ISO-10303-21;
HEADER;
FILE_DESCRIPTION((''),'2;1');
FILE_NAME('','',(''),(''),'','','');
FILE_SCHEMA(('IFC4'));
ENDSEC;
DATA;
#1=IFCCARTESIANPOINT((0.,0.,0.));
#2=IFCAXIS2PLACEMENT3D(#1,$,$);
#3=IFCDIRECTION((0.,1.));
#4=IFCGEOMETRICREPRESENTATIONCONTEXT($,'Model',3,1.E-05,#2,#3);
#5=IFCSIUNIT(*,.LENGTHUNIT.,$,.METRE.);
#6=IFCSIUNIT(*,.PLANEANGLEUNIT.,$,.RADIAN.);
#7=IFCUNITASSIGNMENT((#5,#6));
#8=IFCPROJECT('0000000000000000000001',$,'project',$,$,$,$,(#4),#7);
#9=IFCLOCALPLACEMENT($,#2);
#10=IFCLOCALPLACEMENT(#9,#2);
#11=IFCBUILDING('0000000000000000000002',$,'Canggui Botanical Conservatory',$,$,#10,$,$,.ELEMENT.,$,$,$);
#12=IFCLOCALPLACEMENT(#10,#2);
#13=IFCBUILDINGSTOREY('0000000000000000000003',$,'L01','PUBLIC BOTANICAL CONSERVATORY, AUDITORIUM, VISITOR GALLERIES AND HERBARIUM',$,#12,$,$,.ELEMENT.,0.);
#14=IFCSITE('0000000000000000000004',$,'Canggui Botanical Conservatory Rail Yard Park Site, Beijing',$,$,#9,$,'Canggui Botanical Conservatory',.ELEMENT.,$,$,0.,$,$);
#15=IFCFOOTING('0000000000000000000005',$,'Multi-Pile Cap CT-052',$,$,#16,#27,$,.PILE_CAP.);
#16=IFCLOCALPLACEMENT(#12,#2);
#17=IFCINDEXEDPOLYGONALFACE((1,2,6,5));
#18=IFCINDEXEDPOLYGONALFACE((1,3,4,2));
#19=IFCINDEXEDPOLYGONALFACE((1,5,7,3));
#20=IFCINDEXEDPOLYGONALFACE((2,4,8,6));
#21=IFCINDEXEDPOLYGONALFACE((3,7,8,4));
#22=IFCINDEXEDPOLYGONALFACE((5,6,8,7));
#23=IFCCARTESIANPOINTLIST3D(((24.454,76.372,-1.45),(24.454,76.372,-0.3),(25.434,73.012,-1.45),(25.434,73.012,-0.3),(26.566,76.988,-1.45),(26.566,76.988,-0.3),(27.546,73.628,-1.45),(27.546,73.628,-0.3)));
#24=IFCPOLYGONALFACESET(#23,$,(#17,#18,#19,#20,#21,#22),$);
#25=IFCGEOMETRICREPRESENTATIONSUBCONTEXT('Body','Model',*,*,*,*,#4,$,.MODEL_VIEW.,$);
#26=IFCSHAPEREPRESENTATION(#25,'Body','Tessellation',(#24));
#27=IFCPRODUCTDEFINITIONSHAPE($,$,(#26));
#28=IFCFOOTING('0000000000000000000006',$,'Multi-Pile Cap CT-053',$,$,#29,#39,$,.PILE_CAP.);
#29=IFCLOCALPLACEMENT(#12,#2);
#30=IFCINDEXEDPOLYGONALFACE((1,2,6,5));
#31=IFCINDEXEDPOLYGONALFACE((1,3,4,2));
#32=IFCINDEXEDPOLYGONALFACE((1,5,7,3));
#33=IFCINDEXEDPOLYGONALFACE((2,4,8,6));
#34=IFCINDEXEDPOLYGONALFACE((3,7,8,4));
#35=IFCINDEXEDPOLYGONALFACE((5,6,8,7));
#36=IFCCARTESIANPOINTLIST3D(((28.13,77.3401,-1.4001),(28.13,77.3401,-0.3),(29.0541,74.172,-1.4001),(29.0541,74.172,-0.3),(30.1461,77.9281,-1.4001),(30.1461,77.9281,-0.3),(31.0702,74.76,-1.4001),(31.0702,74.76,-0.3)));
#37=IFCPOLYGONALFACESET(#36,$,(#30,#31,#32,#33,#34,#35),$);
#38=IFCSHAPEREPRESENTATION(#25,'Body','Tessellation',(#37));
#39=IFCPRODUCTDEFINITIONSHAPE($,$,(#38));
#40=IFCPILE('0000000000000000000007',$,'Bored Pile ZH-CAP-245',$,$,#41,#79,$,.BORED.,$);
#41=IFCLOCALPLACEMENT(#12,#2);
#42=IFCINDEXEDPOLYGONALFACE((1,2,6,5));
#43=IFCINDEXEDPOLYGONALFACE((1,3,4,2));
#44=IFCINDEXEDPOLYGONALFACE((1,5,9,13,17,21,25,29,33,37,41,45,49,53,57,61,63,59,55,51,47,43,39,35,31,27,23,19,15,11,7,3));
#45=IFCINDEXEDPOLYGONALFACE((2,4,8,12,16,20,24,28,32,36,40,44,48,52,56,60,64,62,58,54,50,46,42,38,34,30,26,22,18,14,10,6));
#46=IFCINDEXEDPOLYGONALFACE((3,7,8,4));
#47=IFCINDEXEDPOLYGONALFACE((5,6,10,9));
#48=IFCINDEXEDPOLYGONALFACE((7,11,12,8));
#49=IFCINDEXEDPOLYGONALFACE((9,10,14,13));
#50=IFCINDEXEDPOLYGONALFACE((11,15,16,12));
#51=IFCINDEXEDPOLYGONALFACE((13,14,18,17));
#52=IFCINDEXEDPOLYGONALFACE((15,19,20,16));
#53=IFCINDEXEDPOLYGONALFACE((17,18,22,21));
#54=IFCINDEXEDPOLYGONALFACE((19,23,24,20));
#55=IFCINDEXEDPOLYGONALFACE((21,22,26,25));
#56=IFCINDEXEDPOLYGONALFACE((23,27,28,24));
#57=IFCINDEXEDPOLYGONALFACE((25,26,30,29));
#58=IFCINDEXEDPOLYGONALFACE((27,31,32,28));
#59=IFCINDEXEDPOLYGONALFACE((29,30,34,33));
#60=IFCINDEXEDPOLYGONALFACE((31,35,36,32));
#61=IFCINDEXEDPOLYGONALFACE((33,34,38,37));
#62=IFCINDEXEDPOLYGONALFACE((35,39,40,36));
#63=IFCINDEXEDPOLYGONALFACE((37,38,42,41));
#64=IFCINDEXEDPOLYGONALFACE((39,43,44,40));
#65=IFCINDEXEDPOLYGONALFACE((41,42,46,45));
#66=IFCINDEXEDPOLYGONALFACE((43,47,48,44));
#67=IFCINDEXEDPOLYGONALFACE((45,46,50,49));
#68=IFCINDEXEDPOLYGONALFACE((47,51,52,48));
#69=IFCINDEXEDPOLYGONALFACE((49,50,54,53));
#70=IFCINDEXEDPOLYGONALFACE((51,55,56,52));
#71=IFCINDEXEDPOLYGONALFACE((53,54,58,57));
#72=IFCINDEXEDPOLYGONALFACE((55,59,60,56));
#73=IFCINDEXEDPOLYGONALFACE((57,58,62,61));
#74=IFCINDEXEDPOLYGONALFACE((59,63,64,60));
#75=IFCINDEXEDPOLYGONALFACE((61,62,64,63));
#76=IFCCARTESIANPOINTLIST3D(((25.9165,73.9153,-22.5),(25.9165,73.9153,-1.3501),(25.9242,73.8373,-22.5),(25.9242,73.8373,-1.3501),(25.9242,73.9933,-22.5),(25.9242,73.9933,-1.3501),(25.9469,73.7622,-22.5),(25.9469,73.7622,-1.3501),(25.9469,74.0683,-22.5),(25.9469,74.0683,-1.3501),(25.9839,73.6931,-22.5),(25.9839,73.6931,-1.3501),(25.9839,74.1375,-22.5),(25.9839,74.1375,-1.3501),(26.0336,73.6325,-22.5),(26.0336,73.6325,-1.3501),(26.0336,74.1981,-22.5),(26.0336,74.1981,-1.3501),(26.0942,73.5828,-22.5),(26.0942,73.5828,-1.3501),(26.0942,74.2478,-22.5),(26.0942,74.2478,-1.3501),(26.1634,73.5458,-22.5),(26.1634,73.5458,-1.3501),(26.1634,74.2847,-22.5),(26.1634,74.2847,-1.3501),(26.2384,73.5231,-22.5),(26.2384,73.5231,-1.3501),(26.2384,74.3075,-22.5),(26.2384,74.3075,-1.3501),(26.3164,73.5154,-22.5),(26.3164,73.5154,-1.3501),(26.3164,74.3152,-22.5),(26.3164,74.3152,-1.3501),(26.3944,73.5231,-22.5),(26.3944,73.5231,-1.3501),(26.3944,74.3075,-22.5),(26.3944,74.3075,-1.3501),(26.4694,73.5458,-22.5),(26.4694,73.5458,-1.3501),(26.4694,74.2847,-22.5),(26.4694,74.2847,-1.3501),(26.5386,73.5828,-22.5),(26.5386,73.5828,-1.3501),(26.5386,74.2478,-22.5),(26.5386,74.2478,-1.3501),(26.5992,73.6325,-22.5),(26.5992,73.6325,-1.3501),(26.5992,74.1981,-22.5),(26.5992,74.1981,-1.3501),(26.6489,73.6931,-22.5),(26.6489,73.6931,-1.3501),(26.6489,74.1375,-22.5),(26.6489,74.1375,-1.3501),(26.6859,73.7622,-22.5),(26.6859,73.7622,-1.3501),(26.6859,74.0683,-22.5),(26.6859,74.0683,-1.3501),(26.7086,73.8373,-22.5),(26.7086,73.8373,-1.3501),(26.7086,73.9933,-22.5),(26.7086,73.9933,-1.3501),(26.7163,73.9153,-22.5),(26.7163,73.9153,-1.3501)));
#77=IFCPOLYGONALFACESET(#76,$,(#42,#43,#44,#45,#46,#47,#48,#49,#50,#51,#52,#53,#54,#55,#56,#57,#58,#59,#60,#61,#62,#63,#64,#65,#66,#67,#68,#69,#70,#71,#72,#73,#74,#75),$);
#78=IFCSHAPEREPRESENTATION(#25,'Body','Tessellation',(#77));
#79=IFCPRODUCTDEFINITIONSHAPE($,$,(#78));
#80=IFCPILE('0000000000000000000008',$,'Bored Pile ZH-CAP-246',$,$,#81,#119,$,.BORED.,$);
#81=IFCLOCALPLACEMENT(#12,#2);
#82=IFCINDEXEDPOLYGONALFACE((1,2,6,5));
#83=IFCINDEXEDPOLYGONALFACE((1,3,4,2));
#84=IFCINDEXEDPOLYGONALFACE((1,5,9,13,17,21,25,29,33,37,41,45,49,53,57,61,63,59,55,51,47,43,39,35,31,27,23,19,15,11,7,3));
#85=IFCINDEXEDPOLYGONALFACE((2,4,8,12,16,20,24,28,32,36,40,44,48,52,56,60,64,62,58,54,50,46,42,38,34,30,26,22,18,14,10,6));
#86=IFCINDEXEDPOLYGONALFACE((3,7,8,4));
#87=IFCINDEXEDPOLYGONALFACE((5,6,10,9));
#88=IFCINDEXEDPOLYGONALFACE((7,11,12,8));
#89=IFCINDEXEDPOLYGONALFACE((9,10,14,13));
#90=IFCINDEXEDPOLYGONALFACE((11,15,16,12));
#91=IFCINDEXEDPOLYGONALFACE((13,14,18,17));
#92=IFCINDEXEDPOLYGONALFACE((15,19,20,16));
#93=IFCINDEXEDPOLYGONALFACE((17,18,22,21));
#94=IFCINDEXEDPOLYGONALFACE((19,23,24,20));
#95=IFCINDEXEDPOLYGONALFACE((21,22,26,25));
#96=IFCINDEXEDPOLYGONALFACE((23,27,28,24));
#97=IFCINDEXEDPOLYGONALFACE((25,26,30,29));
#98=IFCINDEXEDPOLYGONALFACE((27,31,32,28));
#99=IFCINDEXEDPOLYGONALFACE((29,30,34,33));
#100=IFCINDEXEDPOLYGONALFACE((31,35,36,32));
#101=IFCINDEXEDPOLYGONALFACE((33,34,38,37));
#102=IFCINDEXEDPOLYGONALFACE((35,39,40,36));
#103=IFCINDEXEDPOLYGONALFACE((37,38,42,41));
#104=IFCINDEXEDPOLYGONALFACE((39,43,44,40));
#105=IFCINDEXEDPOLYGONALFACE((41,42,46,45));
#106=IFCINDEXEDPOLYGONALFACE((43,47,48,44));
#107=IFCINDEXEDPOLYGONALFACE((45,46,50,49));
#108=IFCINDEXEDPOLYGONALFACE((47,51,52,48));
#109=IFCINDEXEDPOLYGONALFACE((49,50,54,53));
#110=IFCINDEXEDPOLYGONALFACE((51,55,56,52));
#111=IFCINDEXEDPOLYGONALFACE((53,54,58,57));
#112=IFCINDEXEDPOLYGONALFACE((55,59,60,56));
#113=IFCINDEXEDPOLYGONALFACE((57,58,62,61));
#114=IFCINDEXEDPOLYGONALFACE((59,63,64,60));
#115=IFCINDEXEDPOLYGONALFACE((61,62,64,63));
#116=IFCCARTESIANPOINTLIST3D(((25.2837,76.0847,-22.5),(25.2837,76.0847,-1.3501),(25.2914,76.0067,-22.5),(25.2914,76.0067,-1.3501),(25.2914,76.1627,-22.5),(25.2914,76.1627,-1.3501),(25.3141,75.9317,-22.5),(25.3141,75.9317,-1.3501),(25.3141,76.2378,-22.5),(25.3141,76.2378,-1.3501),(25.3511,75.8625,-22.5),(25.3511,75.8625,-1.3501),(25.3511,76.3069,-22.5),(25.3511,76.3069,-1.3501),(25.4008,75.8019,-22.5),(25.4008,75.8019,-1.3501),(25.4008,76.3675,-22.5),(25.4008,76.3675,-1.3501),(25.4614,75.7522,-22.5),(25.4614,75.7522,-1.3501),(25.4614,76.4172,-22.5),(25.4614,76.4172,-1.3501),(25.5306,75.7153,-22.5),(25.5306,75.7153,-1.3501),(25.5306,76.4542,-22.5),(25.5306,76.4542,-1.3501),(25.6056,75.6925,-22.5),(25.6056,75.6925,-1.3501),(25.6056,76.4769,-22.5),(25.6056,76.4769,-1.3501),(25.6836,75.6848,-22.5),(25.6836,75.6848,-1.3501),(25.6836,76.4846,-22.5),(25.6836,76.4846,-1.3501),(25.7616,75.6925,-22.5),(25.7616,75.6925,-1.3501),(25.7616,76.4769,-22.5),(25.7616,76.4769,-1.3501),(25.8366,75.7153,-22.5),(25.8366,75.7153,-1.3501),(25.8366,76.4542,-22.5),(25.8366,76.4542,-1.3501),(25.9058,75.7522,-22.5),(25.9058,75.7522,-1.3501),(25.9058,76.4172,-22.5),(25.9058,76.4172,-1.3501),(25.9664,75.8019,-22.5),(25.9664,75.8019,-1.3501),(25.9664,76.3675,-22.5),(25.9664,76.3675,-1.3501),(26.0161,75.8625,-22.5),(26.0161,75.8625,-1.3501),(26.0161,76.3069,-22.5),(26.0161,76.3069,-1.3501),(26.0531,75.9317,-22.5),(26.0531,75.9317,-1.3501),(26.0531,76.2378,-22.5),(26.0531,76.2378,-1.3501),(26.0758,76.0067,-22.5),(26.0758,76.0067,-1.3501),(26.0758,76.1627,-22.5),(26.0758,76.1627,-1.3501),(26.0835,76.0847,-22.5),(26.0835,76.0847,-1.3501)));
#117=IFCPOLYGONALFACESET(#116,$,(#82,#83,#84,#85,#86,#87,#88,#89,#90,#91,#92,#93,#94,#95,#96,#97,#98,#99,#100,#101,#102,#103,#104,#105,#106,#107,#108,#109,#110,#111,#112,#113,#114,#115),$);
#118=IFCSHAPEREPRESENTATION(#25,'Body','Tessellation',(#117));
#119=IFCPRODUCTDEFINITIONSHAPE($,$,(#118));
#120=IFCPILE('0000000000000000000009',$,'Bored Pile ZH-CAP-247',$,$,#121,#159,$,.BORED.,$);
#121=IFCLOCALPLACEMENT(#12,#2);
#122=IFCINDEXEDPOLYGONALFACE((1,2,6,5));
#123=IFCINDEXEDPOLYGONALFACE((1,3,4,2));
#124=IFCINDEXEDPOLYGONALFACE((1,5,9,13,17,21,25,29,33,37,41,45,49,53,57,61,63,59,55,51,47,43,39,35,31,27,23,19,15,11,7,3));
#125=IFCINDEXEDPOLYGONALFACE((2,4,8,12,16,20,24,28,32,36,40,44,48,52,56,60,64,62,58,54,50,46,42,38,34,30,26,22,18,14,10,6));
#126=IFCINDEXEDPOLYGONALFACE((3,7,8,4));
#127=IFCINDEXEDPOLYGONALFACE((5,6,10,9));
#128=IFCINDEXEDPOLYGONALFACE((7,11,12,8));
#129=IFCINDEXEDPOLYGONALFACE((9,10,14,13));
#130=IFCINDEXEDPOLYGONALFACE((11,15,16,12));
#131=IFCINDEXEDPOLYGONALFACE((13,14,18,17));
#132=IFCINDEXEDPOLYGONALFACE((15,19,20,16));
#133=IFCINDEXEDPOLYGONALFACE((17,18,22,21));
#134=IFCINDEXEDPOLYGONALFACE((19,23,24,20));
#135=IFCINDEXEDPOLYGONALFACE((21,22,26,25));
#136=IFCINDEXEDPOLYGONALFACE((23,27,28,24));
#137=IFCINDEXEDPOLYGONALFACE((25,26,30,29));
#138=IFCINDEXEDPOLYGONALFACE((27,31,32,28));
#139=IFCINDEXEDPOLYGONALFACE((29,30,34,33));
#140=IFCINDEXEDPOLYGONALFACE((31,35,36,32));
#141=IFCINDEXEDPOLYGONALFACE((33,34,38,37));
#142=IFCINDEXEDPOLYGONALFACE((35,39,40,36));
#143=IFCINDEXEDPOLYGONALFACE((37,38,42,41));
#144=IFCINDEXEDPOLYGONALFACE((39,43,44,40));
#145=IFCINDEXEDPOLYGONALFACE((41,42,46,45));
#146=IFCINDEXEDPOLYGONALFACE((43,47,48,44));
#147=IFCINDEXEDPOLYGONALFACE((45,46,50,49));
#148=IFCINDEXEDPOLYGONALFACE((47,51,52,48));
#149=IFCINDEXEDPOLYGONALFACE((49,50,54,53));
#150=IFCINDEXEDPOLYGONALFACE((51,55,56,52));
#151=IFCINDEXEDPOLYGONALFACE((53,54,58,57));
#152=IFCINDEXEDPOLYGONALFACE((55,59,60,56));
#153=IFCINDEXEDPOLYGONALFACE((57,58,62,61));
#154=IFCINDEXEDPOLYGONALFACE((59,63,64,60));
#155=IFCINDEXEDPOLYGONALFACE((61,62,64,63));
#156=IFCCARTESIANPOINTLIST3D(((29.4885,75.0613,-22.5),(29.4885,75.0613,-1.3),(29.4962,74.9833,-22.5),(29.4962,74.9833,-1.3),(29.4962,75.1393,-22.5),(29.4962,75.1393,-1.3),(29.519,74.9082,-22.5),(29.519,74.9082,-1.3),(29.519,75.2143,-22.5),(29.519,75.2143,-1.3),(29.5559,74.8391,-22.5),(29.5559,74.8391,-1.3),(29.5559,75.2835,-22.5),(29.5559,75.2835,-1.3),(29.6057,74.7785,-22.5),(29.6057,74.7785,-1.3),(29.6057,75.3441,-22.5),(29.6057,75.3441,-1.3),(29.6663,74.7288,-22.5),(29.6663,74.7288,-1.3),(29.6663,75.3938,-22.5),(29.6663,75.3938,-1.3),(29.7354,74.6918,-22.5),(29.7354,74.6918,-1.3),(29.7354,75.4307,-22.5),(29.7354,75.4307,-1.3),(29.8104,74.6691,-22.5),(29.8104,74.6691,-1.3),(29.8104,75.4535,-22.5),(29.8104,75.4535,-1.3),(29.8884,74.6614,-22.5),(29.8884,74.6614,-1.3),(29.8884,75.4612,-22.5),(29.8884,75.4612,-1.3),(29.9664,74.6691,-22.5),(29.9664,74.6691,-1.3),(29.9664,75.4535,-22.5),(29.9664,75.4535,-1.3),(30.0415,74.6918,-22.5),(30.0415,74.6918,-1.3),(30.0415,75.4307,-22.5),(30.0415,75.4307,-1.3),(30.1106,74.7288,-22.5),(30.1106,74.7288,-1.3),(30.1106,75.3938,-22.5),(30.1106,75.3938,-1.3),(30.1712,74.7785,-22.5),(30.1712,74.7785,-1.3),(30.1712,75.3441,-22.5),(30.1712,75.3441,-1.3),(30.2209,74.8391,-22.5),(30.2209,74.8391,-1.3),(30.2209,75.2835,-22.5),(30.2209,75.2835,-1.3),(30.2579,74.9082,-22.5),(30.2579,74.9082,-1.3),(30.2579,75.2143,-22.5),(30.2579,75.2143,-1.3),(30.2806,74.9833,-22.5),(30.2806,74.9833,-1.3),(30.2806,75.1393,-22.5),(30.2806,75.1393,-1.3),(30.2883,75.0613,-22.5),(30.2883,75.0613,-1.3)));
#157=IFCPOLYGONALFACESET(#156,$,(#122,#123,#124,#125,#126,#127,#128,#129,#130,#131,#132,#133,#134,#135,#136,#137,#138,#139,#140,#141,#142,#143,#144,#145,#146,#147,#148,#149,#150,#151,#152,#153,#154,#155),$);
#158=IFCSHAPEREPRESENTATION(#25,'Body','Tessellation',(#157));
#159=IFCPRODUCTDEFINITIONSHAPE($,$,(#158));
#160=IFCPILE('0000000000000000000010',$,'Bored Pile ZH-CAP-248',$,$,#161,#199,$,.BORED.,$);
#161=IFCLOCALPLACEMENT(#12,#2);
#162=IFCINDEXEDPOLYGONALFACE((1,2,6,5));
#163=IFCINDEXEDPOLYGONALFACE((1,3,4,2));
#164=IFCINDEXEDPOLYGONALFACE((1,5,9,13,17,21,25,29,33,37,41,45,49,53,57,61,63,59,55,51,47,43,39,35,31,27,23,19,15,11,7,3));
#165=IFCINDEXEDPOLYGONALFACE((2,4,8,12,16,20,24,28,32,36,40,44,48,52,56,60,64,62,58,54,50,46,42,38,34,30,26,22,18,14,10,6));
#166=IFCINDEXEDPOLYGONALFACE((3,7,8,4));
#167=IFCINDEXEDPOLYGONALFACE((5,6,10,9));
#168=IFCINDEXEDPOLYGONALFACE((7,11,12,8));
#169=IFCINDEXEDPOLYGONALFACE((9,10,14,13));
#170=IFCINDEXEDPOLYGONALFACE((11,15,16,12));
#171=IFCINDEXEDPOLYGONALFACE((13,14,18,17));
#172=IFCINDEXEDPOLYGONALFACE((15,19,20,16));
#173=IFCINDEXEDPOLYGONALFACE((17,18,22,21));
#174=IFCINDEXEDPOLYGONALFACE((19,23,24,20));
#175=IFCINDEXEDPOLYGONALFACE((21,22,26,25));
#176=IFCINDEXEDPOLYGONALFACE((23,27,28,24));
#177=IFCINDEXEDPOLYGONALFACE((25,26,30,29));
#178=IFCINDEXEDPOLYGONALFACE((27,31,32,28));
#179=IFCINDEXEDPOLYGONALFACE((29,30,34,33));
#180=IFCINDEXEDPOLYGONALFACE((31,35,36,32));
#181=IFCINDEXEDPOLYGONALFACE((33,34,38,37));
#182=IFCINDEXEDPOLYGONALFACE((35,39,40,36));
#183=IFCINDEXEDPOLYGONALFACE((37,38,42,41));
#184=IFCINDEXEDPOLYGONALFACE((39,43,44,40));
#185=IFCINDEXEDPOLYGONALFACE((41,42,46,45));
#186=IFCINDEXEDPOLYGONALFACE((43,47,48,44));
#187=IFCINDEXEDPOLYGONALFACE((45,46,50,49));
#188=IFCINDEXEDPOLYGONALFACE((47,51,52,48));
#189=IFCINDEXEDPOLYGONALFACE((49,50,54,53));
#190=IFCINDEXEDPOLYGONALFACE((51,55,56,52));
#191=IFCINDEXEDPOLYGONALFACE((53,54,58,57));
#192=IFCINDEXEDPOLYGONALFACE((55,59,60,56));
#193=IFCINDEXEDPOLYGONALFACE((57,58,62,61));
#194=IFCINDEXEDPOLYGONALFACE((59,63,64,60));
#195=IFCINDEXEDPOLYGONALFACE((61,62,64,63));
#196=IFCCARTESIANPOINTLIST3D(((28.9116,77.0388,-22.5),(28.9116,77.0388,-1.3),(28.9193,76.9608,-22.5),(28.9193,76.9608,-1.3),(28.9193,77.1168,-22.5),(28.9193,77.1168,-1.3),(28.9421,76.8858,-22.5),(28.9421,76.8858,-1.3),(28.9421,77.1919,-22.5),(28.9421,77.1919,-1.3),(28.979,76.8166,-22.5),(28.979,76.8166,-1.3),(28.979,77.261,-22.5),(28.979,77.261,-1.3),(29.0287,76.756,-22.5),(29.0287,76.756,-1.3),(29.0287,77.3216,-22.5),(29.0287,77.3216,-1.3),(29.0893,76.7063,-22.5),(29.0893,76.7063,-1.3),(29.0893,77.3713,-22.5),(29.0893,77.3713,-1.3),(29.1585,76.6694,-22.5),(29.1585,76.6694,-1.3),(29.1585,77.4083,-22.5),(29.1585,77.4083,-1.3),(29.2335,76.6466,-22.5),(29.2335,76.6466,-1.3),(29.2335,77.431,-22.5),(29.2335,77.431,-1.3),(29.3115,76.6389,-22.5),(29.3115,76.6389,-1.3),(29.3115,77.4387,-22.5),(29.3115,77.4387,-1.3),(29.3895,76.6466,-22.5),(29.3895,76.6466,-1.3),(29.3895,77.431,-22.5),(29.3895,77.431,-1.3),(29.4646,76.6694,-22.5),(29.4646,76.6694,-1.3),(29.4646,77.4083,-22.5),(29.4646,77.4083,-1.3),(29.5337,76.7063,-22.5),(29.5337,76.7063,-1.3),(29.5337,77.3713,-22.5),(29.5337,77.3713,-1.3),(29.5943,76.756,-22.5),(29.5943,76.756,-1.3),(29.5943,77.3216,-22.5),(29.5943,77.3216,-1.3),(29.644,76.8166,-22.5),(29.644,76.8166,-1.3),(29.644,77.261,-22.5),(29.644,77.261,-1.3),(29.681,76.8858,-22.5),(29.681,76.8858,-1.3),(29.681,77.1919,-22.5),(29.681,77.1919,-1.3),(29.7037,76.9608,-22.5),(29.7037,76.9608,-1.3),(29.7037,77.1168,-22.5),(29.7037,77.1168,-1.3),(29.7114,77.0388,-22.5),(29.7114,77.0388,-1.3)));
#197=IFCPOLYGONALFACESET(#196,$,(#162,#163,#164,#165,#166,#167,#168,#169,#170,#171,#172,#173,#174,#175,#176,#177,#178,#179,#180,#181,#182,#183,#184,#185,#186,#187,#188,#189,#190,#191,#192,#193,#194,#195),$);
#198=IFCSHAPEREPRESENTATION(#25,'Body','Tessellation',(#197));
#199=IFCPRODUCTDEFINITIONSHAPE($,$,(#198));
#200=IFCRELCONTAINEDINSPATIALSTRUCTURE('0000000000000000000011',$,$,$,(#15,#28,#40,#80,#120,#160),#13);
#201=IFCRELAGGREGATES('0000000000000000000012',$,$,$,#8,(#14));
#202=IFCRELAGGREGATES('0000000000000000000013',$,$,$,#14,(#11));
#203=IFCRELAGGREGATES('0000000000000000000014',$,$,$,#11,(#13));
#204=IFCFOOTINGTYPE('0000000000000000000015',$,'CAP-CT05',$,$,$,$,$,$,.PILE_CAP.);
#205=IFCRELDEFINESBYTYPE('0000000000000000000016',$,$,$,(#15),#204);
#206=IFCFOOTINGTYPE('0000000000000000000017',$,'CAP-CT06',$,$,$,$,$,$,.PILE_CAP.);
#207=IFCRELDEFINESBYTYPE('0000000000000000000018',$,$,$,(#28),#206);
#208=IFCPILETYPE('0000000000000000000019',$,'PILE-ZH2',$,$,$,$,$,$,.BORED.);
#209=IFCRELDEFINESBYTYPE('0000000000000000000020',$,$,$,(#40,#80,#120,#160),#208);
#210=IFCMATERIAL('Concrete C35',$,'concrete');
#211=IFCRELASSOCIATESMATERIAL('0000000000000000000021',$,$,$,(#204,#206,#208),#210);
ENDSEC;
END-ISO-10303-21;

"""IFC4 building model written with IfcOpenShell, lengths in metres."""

from ifc_helpers import new_model, si_unit, direction, frame, origin, origin_2d, place, context, subcontext, project, spatial, rectangle, circle, extrude, material, material_profile, profile_set, type_object, element, save


model = new_model("IFC4")

# Units and contexts
model_context = context("Model", 3, precision=1e-05, world=origin(), true_north=direction((0.0, 1.0)))
body_context = subcontext(model_context, "Body", "Model", "MODEL_VIEW")
ifc_project = project(units=[si_unit("LENGTHUNIT", "METRE"), si_unit("PLANEANGLEUNIT", "RADIAN")], contexts=[model_context])

# Site, building, storey
site_placement = place(None, origin())
site = spatial("IfcSite", under=ifc_project, at=site_placement, Name="Canggui Botanical Conservatory Rail Yard Park Site, Beijing", LongName="Canggui Botanical Conservatory", CompositionType="ELEMENT", RefElevation=0.0)
building_placement = place(site_placement, origin())
building = spatial("IfcBuilding", under=site, at=building_placement, Name="Canggui Botanical Conservatory", CompositionType="ELEMENT")
storey_placement = place(building_placement, origin())
storey = spatial("IfcBuildingStorey", under=building, at=storey_placement, Name="L01", Description="PUBLIC BOTANICAL CONSERVATORY, AUDITORIUM, VISITOR GALLERIES AND HERBARIUM", CompositionType="ELEMENT", Elevation=0.0)

# Footings
ifc_material_1 = material(Name="Concrete C35", Category="concrete")
footing_type_1 = type_object("IfcFootingType", Name="CAP-CT05", PredefinedType="PILE_CAP", material=ifc_material_1)
footing_1_placement = place(storey_placement, frame((26.0, 75.0, -1.45), z_axis=(0.0, 0.0, 1.0), x_axis=(-0.28, 0.96, 0.0)))
element("IfcFooting", 1, at=footing_1_placement, inside=storey, type_object=footing_type_1, Name="Multi-Pile Cap CT-052", PredefinedType="PILE_CAP", context=body_context, shape_type="SweptSolid", body=[
    extrude(rectangle(XDim=3.5, YDim=2.2, at=origin_2d()), origin(), (0.0, 0.0, 1.0), 1.1499),
])
footing_type_2 = type_object("IfcFootingType", Name="CAP-CT06", PredefinedType="PILE_CAP", material=ifc_material_1)
footing_2_placement = place(storey_placement, frame((29.6001, 76.05, -1.4001), z_axis=(0.0, 0.0, 1.0), x_axis=(-0.28, 0.96, 0.0)))
element("IfcFooting", 2, at=footing_2_placement, inside=storey, type_object=footing_type_2, Name="Multi-Pile Cap CT-053", PredefinedType="PILE_CAP", context=body_context, shape_type="SweptSolid", body=[
    extrude(rectangle(XDim=3.3, YDim=2.1001, at=origin_2d()), origin(), (0.0, 0.0, 1.0), 1.1001),
])

# Piles
ifc_material_profile_1 = material_profile(ifc_material_1, circle(Radius=0.3999, at=origin_2d()), Name="PILE D800")
ifc_profile_set_1 = profile_set([ifc_material_profile_1], Name="Concrete C35")
pile_type = type_object("IfcPileType", Name="PILE-ZH2", PredefinedType="BORED", material=ifc_profile_set_1)
for number, where, z_axis, x_axis, name in (
    (3, (26.3164, 73.9153, -1.3501), (0.0, 0.0, -1.0), (1.0, 0.0, 0.0), "Bored Pile ZH-CAP-245"),
    (4, (25.6836, 76.0847, -1.3501), (0.0, 0.0, -1.0), (1.0, 0.0, 0.0), "Bored Pile ZH-CAP-246"),
):
    element("IfcPile", number, at=place(storey_placement, frame(where, z_axis=z_axis, x_axis=x_axis)), inside=storey, type_object=pile_type, Name=name, PredefinedType="BORED", context=body_context, shape_type="SweptSolid", body=[
        extrude(circle(Radius=0.3999, at=origin_2d()), origin(), (0.0, 0.0, 1.0), 21.1499),
    ])
for number, where, z_axis, x_axis, name in (
    (5, (29.8884, 75.0613, -1.3), (0.0, 0.0, -1.0), (1.0, 0.0, 0.0), "Bored Pile ZH-CAP-247"),
    (6, (29.3115, 77.0388, -1.3), (0.0, 0.0, -1.0), (1.0, 0.0, 0.0), "Bored Pile ZH-CAP-248"),
):
    element("IfcPile", number, at=place(storey_placement, frame(where, z_axis=z_axis, x_axis=x_axis)), inside=storey, type_object=pile_type, Name=name, PredefinedType="BORED", context=body_context, shape_type="SweptSolid", body=[
        extrude(circle(Radius=0.3999, at=origin_2d()), origin(), (0.0, 0.0, 1.0), 21.2),
    ])

save(model, "model.ifc")
